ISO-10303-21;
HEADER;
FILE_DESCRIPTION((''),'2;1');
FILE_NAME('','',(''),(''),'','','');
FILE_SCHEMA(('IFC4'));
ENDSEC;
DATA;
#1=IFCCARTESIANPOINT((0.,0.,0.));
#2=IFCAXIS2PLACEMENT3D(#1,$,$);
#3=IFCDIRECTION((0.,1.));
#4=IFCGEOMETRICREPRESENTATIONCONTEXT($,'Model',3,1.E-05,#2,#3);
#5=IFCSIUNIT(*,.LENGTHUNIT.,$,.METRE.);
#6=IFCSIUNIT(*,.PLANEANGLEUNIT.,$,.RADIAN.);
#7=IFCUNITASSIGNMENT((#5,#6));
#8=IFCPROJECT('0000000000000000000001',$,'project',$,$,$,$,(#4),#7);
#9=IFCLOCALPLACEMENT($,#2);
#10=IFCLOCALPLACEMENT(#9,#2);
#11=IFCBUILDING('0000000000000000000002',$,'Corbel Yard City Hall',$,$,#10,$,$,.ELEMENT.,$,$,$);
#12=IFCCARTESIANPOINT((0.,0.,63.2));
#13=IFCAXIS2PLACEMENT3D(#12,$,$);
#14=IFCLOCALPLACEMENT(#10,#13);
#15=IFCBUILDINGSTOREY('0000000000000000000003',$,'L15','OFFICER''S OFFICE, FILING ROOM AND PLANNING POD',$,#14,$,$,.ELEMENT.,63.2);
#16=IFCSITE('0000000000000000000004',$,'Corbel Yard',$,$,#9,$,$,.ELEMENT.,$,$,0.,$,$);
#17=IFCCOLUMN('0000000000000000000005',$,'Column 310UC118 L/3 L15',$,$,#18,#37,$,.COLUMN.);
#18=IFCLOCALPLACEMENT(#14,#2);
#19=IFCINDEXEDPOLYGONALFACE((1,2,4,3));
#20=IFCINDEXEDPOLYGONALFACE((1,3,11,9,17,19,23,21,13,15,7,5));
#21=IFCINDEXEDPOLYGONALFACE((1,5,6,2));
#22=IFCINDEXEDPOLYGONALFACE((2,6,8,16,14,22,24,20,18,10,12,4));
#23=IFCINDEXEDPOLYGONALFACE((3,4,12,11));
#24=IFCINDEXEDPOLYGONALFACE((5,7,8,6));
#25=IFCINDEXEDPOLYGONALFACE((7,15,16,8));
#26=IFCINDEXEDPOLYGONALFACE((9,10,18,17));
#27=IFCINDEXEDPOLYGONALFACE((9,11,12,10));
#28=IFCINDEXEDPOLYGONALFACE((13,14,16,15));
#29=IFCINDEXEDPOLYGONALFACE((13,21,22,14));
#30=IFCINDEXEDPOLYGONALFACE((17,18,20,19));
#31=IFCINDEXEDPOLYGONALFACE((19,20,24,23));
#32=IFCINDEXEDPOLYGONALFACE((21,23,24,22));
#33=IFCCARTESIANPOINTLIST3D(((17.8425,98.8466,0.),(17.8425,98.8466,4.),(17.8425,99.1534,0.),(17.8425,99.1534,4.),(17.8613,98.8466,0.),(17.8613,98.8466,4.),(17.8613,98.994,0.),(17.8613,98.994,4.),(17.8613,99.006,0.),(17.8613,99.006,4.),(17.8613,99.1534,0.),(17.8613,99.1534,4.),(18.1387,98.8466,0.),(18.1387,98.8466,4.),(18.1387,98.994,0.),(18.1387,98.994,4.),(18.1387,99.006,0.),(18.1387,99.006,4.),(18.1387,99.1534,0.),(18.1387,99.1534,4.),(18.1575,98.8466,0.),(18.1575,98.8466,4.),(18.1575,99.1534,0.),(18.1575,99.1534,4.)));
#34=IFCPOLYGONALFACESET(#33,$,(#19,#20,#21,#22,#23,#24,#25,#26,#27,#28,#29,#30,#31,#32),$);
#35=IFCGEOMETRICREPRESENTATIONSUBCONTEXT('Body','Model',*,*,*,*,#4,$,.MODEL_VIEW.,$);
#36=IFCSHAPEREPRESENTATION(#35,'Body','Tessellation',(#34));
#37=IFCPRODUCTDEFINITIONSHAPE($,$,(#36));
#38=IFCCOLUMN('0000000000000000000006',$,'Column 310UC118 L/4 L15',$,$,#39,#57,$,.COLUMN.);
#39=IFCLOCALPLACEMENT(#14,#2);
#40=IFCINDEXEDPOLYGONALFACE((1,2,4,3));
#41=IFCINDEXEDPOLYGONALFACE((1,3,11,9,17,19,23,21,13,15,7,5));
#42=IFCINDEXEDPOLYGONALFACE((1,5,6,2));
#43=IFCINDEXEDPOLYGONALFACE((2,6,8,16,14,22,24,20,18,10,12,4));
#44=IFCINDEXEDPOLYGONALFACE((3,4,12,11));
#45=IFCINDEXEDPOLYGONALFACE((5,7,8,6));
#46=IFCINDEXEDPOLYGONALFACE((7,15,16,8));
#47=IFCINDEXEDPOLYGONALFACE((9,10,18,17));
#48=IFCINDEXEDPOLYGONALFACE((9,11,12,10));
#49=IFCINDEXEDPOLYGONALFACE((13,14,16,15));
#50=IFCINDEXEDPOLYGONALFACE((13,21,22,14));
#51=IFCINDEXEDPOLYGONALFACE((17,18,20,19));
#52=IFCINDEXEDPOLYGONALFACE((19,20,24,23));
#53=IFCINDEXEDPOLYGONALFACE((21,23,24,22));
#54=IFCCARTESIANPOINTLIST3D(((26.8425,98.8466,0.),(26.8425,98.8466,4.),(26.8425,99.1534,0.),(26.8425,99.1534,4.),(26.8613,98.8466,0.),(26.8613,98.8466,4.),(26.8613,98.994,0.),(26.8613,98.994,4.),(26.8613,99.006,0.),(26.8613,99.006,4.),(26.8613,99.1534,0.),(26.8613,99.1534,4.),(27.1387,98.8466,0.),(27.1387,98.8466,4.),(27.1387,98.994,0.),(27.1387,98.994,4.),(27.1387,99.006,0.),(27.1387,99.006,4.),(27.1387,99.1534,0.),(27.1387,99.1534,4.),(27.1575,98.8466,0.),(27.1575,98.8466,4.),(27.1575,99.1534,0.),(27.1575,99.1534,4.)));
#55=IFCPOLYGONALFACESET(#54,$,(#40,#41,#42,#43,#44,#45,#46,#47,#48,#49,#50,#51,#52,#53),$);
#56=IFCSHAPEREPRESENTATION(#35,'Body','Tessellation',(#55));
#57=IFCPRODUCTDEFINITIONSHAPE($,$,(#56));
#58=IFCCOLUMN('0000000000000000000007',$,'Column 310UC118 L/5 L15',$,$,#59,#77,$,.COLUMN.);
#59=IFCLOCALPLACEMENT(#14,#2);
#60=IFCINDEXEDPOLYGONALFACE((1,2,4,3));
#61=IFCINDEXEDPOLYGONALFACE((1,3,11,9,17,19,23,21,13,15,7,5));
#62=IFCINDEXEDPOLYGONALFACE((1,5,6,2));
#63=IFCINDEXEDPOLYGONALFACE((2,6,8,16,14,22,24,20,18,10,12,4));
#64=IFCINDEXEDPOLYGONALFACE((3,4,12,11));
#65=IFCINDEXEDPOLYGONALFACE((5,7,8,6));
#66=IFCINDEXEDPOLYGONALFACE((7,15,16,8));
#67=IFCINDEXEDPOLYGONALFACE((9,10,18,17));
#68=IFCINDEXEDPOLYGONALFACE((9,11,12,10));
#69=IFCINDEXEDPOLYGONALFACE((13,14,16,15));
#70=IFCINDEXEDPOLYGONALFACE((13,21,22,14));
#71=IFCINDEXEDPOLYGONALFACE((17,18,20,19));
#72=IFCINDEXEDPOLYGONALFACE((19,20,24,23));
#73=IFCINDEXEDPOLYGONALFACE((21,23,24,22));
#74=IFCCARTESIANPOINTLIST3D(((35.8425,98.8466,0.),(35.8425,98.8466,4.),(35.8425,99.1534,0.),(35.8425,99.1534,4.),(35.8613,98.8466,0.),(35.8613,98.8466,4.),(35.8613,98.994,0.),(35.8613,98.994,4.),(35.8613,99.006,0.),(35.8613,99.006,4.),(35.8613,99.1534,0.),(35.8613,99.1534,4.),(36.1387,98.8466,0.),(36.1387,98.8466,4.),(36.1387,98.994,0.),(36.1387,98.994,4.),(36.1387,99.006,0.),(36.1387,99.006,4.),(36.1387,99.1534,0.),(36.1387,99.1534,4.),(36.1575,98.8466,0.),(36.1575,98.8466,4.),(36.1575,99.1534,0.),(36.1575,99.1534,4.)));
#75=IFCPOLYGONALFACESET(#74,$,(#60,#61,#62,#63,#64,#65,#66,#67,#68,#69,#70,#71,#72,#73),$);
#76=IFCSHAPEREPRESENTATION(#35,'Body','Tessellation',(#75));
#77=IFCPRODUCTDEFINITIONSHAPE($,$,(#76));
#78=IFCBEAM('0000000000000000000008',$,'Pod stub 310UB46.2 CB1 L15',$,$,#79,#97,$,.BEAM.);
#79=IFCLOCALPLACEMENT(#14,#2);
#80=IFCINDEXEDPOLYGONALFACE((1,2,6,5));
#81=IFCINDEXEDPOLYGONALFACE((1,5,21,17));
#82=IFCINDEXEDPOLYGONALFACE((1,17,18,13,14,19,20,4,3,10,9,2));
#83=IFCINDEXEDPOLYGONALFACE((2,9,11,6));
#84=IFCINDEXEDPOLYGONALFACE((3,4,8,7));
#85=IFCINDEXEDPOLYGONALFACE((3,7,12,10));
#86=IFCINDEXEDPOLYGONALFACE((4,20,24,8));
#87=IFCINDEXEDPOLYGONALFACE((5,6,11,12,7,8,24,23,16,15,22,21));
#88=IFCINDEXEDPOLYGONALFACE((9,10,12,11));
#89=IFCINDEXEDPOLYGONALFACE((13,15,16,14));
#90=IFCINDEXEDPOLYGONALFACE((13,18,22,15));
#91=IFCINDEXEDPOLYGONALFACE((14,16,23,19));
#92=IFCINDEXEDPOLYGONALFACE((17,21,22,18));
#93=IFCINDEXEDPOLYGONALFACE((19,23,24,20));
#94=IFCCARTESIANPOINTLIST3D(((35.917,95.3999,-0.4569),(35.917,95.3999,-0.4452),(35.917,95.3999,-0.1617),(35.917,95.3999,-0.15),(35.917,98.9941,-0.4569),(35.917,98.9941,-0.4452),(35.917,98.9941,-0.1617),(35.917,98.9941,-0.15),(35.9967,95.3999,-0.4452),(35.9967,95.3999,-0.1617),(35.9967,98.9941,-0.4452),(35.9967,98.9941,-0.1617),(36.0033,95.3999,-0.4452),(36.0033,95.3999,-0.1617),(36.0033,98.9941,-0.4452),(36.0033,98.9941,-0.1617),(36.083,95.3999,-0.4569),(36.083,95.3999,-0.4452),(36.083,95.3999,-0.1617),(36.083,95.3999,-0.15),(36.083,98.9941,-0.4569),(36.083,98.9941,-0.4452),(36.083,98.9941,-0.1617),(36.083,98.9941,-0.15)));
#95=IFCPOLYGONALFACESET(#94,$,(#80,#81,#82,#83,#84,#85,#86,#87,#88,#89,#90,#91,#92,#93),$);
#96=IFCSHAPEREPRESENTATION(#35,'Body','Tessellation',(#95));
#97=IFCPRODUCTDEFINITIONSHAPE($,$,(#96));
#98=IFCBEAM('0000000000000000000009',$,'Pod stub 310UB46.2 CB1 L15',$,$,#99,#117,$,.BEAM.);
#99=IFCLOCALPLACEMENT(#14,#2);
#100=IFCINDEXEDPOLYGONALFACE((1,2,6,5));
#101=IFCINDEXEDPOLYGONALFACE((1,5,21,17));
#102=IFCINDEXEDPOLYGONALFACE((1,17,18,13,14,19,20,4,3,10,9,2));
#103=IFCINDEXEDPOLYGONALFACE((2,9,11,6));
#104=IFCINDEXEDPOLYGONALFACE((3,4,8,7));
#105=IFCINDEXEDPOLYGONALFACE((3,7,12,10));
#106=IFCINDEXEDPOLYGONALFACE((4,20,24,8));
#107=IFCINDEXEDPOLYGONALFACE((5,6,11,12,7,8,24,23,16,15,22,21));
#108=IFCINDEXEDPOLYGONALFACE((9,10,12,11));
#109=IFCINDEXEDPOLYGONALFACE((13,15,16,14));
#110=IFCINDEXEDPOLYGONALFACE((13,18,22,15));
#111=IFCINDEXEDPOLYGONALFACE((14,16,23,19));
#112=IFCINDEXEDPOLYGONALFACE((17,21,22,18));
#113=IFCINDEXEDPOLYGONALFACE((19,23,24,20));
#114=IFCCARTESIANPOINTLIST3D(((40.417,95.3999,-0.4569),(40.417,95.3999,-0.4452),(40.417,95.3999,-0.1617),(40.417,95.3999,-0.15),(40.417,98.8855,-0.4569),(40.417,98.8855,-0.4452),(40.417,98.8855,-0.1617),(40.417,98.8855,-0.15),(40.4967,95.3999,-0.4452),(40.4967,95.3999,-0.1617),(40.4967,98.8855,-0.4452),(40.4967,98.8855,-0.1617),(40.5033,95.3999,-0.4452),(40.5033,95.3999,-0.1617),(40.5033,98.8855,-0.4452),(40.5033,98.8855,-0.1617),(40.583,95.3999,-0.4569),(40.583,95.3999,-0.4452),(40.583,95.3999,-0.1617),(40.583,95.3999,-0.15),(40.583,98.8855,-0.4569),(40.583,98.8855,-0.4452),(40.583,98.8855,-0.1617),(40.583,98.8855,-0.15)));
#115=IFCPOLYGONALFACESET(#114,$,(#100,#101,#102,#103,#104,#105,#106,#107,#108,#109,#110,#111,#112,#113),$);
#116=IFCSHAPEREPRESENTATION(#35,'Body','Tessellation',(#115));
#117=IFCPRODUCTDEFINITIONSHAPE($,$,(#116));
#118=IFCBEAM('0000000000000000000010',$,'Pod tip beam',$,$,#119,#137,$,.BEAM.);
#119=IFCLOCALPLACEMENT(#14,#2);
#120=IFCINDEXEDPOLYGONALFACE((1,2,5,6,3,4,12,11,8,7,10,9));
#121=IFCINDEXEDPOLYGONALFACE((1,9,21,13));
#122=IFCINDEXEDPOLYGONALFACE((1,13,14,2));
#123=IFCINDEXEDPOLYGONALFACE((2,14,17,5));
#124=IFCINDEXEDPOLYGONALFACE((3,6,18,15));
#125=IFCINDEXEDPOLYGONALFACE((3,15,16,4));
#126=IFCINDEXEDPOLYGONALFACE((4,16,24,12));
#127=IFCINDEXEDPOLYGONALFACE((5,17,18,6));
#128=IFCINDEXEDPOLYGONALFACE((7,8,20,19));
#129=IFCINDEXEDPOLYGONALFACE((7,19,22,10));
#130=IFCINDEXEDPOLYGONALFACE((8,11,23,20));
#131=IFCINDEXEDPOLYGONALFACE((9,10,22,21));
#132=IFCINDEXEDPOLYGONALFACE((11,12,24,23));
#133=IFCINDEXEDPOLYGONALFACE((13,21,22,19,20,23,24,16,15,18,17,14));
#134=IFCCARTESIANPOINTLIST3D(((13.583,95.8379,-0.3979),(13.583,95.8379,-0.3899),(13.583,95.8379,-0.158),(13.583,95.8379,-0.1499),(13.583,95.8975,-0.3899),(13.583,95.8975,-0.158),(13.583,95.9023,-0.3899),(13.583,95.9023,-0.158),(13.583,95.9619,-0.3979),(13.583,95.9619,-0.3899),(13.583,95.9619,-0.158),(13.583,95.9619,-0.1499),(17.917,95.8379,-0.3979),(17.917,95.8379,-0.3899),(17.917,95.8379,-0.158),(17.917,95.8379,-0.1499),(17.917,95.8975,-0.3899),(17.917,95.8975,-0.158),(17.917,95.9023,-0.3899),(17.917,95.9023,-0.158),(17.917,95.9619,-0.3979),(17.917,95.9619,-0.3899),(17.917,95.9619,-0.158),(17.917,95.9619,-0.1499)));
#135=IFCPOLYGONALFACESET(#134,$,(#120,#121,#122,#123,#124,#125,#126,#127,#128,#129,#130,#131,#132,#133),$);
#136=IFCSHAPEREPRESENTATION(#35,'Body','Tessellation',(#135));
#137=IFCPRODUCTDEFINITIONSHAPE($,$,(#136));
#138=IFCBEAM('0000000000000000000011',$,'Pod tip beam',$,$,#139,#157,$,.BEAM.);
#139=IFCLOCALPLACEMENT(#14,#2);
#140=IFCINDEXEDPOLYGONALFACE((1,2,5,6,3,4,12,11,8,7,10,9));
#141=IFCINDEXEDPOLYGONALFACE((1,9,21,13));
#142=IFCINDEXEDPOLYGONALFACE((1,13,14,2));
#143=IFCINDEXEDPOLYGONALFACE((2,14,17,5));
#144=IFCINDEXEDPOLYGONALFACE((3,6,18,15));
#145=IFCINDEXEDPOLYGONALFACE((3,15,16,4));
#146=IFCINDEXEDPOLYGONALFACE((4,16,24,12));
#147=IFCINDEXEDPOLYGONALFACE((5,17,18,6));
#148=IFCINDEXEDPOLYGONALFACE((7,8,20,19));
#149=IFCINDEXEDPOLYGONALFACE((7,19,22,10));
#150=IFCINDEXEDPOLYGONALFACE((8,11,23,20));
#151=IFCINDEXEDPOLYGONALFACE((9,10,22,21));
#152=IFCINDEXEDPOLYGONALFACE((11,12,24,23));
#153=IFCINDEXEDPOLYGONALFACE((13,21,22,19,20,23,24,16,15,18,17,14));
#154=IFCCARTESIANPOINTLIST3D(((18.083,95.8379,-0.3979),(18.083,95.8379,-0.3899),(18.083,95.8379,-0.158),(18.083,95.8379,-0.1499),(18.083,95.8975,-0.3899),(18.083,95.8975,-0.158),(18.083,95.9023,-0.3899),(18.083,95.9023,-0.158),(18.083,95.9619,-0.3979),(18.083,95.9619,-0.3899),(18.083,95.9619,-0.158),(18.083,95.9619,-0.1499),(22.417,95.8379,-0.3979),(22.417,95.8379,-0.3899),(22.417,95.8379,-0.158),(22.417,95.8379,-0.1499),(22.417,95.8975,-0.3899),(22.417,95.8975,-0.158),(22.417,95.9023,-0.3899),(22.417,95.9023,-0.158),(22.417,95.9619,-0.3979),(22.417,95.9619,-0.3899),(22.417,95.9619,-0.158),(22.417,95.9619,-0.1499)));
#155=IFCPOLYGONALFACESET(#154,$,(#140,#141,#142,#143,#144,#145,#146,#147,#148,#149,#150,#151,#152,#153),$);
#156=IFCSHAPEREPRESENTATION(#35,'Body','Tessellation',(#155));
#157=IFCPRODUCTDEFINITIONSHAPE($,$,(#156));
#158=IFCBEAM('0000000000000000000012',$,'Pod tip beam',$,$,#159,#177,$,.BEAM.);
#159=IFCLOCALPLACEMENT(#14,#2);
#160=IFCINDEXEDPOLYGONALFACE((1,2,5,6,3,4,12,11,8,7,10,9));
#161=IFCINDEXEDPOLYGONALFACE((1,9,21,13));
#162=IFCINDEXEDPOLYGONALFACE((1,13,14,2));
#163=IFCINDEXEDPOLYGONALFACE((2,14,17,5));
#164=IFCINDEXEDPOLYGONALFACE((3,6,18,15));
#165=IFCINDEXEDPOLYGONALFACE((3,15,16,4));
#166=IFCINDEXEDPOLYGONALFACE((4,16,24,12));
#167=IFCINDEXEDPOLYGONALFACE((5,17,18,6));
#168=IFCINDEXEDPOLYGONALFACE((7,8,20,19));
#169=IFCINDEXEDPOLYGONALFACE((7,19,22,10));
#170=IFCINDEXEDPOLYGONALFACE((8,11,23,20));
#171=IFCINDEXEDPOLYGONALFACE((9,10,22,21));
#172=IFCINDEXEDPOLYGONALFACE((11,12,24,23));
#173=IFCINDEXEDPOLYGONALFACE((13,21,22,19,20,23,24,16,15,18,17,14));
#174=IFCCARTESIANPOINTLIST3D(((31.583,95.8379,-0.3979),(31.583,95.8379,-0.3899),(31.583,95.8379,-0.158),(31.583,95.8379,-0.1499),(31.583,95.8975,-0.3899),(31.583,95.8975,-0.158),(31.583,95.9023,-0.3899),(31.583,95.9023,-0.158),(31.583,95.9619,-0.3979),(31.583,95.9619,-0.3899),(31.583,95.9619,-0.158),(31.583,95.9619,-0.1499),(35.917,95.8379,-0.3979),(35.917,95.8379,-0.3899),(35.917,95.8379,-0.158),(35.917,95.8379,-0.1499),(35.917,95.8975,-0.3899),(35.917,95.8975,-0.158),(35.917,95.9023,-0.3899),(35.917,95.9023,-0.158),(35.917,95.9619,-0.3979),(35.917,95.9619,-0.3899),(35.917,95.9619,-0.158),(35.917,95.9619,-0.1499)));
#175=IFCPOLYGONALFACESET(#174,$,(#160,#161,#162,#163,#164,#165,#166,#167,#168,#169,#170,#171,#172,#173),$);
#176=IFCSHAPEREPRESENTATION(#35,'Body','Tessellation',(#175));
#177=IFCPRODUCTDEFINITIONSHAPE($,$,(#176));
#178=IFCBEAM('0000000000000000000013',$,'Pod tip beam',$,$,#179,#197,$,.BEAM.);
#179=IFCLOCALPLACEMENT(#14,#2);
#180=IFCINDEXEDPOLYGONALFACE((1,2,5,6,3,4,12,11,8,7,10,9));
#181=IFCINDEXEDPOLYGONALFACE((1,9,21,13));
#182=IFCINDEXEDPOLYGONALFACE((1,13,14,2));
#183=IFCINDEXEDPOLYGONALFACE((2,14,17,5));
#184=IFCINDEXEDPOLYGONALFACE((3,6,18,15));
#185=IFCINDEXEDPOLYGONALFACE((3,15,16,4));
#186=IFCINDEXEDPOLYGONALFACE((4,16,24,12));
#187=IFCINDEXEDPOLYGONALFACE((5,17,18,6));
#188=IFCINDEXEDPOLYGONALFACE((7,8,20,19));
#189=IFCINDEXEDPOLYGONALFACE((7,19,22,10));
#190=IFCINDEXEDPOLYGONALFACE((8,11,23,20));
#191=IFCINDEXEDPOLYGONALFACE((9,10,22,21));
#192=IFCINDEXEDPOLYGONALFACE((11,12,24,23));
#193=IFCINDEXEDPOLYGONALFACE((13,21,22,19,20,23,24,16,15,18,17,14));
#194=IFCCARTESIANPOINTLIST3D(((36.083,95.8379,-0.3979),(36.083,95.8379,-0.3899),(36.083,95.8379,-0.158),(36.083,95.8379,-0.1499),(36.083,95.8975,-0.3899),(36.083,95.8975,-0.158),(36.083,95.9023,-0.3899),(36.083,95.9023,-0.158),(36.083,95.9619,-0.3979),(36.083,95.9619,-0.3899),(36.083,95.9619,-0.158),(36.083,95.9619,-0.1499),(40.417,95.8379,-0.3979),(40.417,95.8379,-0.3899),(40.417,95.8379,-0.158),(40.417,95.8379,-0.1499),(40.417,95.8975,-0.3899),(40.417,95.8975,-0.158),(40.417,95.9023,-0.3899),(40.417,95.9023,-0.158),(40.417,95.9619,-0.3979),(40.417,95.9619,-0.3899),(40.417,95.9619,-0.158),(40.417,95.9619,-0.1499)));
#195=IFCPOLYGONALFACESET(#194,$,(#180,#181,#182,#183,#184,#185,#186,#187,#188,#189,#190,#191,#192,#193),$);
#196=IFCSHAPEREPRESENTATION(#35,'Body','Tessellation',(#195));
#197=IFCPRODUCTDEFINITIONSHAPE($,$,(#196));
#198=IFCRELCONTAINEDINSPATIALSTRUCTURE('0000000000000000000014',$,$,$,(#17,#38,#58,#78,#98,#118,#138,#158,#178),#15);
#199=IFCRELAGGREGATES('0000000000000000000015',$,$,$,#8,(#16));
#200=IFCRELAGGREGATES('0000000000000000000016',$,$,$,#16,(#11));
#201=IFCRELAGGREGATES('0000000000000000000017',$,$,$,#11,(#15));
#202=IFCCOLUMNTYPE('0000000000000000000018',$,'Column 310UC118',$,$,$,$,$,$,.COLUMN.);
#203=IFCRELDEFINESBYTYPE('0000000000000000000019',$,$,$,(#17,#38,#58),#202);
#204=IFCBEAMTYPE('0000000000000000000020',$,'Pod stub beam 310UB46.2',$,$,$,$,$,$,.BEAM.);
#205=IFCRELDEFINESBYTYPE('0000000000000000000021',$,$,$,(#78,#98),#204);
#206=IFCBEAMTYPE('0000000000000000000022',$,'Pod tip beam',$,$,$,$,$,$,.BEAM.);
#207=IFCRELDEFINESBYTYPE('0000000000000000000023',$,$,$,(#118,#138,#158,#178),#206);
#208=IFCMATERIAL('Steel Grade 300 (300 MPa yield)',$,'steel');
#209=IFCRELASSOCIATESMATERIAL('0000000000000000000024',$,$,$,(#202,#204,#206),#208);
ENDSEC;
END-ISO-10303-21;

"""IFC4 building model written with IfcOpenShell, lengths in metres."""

from ifc_helpers import new_model, si_unit, direction, frame, origin, origin_2d, place, context, subcontext, project, spatial, i_section, extrude, material, material_profile, profile_set, type_object, element, save


model = new_model("IFC4")

# Units and contexts
model_context = context("Model", 3, precision=1e-05, world=origin(), true_north=direction((0.0, 1.0)))
body_context = subcontext(model_context, "Body", "Model", "MODEL_VIEW")
ifc_project = project(units=[si_unit("LENGTHUNIT", "METRE"), si_unit("PLANEANGLEUNIT", "RADIAN")], contexts=[model_context])

# Site, building, storey
site_placement = place(None, origin())
site = spatial("IfcSite", under=ifc_project, at=site_placement, Name="Corbel Yard", CompositionType="ELEMENT", RefElevation=0.0)
building_placement = place(site_placement, origin())
building = spatial("IfcBuilding", under=site, at=building_placement, Name="Corbel Yard City Hall", CompositionType="ELEMENT")
storey_placement = place(building_placement, frame((0.0, 0.0, 63.2)))
storey = spatial("IfcBuildingStorey", under=building, at=storey_placement, Name="L15", Description="OFFICER'S OFFICE, FILING ROOM AND PLANNING POD", CompositionType="ELEMENT", Elevation=63.2)

# Columns
ifc_material_1 = material(Name="Steel Grade 300 (300 MPa yield)", Category="steel")
ifc_material_profile_1 = material_profile(ifc_material_1, i_section(OverallWidth=0.3069, OverallDepth=0.3149, WebThickness=0.012, FlangeThickness=0.0188, at=origin_2d()), Name="310UC118")
ifc_profile_set_1 = profile_set([ifc_material_profile_1], Name="Steel Grade 300 (300 MPa yield)")
column_type = type_object("IfcColumnType", Name="Column 310UC118", PredefinedType="COLUMN", material=ifc_profile_set_1)
for number, where, z_axis, x_axis, name in (
    (1, (18.0, 99.0, 0.0), (0.0, 0.0, 1.0), (0.0, 1.0, 0.0), "Column 310UC118 L/3 L15"),
    (2, (27.0, 99.0, 0.0), (0.0, 0.0, 1.0), (0.0, 1.0, 0.0), "Column 310UC118 L/4 L15"),
    (3, (36.0, 99.0, 0.0), (0.0, 0.0, 1.0), (0.0, 1.0, 0.0), "Column 310UC118 L/5 L15"),
):
    element("IfcColumn", number, at=place(storey_placement, frame(where, z_axis=z_axis, x_axis=x_axis)), inside=storey, type_object=column_type, Name=name, PredefinedType="COLUMN", context=body_context, shape_type="SweptSolid", body=[
        extrude(i_section(OverallWidth=0.3069, OverallDepth=0.3149, WebThickness=0.012, FlangeThickness=0.0188, at=origin_2d()), origin(), (0.0, 0.0, 1.0), 4.0),
    ])

# Beams
ifc_material_profile_2 = material_profile(ifc_material_1, i_section(OverallWidth=0.166, OverallDepth=0.3069, WebThickness=0.0066, FlangeThickness=0.0117, at=origin_2d()), Name="310UB46.2")
ifc_profile_set_2 = profile_set([ifc_material_profile_2], Name="Steel Grade 300 (300 MPa yield)")
beam_type_1 = type_object("IfcBeamType", Name="Pod stub beam 310UB46.2", PredefinedType="BEAM", material=ifc_profile_set_2)
beam_1_placement = place(storey_placement, frame((36.0, 95.3999, -0.3035), z_axis=(0.0, 1.0, 0.0), x_axis=(-1.0, 0.0, 0.0)))
element("IfcBeam", 4, at=beam_1_placement, inside=storey, type_object=beam_type_1, Name="Pod stub 310UB46.2 CB1 L15", PredefinedType="BEAM", context=body_context, shape_type="SweptSolid", body=[
    extrude(i_section(OverallWidth=0.166, OverallDepth=0.3069, WebThickness=0.0066, FlangeThickness=0.0117, at=origin_2d()), origin(), (0.0, 0.0, 1.0), 3.5942),
])
beam_2_placement = place(storey_placement, frame((40.5, 95.3999, -0.3035), z_axis=(0.0, 1.0, 0.0), x_axis=(-1.0, 0.0, 0.0)))
element("IfcBeam", 5, at=beam_2_placement, inside=storey, type_object=beam_type_1, Name="Pod stub 310UB46.2 CB1 L15", PredefinedType="BEAM", context=body_context, shape_type="SweptSolid", body=[
    extrude(i_section(OverallWidth=0.166, OverallDepth=0.3069, WebThickness=0.0066, FlangeThickness=0.0117, at=origin_2d()), origin(), (0.0, 0.0, 1.0), 3.4856),
])
ifc_material_profile_3 = material_profile(ifc_material_1, i_section(OverallWidth=0.124, OverallDepth=0.248, WebThickness=0.0049, FlangeThickness=0.0081, at=origin_2d()), Name="250UB25.7")
ifc_profile_set_3 = profile_set([ifc_material_profile_3], Name="Steel Grade 300 (300 MPa yield)")
beam_type_2 = type_object("IfcBeamType", Name="Pod tip beam", PredefinedType="BEAM", material=ifc_profile_set_3)
for number, where, z_axis, x_axis, name in (
    (6, (13.583, 95.8999, -0.2739), (1.0, 0.0, 0.0), (0.0, 1.0, 0.0), "Pod tip beam"),
    (7, (18.083, 95.8999, -0.2739), (1.0, 0.0, 0.0), (0.0, 1.0, 0.0), "Pod tip beam"),
    (8, (31.583, 95.8999, -0.2739), (1.0, 0.0, 0.0), (0.0, 1.0, 0.0), "Pod tip beam"),
    (9, (36.083, 95.8999, -0.2739), (1.0, 0.0, 0.0), (0.0, 1.0, 0.0), "Pod tip beam"),
):
    element("IfcBeam", number, at=place(storey_placement, frame(where, z_axis=z_axis, x_axis=x_axis)), inside=storey, type_object=beam_type_2, Name=name, PredefinedType="BEAM", context=body_context, shape_type="SweptSolid", body=[
        extrude(i_section(OverallWidth=0.124, OverallDepth=0.248, WebThickness=0.0049, FlangeThickness=0.0081, at=origin_2d()), origin(), (0.0, 0.0, 1.0), 4.334),
    ])

save(model, "model.ifc")
